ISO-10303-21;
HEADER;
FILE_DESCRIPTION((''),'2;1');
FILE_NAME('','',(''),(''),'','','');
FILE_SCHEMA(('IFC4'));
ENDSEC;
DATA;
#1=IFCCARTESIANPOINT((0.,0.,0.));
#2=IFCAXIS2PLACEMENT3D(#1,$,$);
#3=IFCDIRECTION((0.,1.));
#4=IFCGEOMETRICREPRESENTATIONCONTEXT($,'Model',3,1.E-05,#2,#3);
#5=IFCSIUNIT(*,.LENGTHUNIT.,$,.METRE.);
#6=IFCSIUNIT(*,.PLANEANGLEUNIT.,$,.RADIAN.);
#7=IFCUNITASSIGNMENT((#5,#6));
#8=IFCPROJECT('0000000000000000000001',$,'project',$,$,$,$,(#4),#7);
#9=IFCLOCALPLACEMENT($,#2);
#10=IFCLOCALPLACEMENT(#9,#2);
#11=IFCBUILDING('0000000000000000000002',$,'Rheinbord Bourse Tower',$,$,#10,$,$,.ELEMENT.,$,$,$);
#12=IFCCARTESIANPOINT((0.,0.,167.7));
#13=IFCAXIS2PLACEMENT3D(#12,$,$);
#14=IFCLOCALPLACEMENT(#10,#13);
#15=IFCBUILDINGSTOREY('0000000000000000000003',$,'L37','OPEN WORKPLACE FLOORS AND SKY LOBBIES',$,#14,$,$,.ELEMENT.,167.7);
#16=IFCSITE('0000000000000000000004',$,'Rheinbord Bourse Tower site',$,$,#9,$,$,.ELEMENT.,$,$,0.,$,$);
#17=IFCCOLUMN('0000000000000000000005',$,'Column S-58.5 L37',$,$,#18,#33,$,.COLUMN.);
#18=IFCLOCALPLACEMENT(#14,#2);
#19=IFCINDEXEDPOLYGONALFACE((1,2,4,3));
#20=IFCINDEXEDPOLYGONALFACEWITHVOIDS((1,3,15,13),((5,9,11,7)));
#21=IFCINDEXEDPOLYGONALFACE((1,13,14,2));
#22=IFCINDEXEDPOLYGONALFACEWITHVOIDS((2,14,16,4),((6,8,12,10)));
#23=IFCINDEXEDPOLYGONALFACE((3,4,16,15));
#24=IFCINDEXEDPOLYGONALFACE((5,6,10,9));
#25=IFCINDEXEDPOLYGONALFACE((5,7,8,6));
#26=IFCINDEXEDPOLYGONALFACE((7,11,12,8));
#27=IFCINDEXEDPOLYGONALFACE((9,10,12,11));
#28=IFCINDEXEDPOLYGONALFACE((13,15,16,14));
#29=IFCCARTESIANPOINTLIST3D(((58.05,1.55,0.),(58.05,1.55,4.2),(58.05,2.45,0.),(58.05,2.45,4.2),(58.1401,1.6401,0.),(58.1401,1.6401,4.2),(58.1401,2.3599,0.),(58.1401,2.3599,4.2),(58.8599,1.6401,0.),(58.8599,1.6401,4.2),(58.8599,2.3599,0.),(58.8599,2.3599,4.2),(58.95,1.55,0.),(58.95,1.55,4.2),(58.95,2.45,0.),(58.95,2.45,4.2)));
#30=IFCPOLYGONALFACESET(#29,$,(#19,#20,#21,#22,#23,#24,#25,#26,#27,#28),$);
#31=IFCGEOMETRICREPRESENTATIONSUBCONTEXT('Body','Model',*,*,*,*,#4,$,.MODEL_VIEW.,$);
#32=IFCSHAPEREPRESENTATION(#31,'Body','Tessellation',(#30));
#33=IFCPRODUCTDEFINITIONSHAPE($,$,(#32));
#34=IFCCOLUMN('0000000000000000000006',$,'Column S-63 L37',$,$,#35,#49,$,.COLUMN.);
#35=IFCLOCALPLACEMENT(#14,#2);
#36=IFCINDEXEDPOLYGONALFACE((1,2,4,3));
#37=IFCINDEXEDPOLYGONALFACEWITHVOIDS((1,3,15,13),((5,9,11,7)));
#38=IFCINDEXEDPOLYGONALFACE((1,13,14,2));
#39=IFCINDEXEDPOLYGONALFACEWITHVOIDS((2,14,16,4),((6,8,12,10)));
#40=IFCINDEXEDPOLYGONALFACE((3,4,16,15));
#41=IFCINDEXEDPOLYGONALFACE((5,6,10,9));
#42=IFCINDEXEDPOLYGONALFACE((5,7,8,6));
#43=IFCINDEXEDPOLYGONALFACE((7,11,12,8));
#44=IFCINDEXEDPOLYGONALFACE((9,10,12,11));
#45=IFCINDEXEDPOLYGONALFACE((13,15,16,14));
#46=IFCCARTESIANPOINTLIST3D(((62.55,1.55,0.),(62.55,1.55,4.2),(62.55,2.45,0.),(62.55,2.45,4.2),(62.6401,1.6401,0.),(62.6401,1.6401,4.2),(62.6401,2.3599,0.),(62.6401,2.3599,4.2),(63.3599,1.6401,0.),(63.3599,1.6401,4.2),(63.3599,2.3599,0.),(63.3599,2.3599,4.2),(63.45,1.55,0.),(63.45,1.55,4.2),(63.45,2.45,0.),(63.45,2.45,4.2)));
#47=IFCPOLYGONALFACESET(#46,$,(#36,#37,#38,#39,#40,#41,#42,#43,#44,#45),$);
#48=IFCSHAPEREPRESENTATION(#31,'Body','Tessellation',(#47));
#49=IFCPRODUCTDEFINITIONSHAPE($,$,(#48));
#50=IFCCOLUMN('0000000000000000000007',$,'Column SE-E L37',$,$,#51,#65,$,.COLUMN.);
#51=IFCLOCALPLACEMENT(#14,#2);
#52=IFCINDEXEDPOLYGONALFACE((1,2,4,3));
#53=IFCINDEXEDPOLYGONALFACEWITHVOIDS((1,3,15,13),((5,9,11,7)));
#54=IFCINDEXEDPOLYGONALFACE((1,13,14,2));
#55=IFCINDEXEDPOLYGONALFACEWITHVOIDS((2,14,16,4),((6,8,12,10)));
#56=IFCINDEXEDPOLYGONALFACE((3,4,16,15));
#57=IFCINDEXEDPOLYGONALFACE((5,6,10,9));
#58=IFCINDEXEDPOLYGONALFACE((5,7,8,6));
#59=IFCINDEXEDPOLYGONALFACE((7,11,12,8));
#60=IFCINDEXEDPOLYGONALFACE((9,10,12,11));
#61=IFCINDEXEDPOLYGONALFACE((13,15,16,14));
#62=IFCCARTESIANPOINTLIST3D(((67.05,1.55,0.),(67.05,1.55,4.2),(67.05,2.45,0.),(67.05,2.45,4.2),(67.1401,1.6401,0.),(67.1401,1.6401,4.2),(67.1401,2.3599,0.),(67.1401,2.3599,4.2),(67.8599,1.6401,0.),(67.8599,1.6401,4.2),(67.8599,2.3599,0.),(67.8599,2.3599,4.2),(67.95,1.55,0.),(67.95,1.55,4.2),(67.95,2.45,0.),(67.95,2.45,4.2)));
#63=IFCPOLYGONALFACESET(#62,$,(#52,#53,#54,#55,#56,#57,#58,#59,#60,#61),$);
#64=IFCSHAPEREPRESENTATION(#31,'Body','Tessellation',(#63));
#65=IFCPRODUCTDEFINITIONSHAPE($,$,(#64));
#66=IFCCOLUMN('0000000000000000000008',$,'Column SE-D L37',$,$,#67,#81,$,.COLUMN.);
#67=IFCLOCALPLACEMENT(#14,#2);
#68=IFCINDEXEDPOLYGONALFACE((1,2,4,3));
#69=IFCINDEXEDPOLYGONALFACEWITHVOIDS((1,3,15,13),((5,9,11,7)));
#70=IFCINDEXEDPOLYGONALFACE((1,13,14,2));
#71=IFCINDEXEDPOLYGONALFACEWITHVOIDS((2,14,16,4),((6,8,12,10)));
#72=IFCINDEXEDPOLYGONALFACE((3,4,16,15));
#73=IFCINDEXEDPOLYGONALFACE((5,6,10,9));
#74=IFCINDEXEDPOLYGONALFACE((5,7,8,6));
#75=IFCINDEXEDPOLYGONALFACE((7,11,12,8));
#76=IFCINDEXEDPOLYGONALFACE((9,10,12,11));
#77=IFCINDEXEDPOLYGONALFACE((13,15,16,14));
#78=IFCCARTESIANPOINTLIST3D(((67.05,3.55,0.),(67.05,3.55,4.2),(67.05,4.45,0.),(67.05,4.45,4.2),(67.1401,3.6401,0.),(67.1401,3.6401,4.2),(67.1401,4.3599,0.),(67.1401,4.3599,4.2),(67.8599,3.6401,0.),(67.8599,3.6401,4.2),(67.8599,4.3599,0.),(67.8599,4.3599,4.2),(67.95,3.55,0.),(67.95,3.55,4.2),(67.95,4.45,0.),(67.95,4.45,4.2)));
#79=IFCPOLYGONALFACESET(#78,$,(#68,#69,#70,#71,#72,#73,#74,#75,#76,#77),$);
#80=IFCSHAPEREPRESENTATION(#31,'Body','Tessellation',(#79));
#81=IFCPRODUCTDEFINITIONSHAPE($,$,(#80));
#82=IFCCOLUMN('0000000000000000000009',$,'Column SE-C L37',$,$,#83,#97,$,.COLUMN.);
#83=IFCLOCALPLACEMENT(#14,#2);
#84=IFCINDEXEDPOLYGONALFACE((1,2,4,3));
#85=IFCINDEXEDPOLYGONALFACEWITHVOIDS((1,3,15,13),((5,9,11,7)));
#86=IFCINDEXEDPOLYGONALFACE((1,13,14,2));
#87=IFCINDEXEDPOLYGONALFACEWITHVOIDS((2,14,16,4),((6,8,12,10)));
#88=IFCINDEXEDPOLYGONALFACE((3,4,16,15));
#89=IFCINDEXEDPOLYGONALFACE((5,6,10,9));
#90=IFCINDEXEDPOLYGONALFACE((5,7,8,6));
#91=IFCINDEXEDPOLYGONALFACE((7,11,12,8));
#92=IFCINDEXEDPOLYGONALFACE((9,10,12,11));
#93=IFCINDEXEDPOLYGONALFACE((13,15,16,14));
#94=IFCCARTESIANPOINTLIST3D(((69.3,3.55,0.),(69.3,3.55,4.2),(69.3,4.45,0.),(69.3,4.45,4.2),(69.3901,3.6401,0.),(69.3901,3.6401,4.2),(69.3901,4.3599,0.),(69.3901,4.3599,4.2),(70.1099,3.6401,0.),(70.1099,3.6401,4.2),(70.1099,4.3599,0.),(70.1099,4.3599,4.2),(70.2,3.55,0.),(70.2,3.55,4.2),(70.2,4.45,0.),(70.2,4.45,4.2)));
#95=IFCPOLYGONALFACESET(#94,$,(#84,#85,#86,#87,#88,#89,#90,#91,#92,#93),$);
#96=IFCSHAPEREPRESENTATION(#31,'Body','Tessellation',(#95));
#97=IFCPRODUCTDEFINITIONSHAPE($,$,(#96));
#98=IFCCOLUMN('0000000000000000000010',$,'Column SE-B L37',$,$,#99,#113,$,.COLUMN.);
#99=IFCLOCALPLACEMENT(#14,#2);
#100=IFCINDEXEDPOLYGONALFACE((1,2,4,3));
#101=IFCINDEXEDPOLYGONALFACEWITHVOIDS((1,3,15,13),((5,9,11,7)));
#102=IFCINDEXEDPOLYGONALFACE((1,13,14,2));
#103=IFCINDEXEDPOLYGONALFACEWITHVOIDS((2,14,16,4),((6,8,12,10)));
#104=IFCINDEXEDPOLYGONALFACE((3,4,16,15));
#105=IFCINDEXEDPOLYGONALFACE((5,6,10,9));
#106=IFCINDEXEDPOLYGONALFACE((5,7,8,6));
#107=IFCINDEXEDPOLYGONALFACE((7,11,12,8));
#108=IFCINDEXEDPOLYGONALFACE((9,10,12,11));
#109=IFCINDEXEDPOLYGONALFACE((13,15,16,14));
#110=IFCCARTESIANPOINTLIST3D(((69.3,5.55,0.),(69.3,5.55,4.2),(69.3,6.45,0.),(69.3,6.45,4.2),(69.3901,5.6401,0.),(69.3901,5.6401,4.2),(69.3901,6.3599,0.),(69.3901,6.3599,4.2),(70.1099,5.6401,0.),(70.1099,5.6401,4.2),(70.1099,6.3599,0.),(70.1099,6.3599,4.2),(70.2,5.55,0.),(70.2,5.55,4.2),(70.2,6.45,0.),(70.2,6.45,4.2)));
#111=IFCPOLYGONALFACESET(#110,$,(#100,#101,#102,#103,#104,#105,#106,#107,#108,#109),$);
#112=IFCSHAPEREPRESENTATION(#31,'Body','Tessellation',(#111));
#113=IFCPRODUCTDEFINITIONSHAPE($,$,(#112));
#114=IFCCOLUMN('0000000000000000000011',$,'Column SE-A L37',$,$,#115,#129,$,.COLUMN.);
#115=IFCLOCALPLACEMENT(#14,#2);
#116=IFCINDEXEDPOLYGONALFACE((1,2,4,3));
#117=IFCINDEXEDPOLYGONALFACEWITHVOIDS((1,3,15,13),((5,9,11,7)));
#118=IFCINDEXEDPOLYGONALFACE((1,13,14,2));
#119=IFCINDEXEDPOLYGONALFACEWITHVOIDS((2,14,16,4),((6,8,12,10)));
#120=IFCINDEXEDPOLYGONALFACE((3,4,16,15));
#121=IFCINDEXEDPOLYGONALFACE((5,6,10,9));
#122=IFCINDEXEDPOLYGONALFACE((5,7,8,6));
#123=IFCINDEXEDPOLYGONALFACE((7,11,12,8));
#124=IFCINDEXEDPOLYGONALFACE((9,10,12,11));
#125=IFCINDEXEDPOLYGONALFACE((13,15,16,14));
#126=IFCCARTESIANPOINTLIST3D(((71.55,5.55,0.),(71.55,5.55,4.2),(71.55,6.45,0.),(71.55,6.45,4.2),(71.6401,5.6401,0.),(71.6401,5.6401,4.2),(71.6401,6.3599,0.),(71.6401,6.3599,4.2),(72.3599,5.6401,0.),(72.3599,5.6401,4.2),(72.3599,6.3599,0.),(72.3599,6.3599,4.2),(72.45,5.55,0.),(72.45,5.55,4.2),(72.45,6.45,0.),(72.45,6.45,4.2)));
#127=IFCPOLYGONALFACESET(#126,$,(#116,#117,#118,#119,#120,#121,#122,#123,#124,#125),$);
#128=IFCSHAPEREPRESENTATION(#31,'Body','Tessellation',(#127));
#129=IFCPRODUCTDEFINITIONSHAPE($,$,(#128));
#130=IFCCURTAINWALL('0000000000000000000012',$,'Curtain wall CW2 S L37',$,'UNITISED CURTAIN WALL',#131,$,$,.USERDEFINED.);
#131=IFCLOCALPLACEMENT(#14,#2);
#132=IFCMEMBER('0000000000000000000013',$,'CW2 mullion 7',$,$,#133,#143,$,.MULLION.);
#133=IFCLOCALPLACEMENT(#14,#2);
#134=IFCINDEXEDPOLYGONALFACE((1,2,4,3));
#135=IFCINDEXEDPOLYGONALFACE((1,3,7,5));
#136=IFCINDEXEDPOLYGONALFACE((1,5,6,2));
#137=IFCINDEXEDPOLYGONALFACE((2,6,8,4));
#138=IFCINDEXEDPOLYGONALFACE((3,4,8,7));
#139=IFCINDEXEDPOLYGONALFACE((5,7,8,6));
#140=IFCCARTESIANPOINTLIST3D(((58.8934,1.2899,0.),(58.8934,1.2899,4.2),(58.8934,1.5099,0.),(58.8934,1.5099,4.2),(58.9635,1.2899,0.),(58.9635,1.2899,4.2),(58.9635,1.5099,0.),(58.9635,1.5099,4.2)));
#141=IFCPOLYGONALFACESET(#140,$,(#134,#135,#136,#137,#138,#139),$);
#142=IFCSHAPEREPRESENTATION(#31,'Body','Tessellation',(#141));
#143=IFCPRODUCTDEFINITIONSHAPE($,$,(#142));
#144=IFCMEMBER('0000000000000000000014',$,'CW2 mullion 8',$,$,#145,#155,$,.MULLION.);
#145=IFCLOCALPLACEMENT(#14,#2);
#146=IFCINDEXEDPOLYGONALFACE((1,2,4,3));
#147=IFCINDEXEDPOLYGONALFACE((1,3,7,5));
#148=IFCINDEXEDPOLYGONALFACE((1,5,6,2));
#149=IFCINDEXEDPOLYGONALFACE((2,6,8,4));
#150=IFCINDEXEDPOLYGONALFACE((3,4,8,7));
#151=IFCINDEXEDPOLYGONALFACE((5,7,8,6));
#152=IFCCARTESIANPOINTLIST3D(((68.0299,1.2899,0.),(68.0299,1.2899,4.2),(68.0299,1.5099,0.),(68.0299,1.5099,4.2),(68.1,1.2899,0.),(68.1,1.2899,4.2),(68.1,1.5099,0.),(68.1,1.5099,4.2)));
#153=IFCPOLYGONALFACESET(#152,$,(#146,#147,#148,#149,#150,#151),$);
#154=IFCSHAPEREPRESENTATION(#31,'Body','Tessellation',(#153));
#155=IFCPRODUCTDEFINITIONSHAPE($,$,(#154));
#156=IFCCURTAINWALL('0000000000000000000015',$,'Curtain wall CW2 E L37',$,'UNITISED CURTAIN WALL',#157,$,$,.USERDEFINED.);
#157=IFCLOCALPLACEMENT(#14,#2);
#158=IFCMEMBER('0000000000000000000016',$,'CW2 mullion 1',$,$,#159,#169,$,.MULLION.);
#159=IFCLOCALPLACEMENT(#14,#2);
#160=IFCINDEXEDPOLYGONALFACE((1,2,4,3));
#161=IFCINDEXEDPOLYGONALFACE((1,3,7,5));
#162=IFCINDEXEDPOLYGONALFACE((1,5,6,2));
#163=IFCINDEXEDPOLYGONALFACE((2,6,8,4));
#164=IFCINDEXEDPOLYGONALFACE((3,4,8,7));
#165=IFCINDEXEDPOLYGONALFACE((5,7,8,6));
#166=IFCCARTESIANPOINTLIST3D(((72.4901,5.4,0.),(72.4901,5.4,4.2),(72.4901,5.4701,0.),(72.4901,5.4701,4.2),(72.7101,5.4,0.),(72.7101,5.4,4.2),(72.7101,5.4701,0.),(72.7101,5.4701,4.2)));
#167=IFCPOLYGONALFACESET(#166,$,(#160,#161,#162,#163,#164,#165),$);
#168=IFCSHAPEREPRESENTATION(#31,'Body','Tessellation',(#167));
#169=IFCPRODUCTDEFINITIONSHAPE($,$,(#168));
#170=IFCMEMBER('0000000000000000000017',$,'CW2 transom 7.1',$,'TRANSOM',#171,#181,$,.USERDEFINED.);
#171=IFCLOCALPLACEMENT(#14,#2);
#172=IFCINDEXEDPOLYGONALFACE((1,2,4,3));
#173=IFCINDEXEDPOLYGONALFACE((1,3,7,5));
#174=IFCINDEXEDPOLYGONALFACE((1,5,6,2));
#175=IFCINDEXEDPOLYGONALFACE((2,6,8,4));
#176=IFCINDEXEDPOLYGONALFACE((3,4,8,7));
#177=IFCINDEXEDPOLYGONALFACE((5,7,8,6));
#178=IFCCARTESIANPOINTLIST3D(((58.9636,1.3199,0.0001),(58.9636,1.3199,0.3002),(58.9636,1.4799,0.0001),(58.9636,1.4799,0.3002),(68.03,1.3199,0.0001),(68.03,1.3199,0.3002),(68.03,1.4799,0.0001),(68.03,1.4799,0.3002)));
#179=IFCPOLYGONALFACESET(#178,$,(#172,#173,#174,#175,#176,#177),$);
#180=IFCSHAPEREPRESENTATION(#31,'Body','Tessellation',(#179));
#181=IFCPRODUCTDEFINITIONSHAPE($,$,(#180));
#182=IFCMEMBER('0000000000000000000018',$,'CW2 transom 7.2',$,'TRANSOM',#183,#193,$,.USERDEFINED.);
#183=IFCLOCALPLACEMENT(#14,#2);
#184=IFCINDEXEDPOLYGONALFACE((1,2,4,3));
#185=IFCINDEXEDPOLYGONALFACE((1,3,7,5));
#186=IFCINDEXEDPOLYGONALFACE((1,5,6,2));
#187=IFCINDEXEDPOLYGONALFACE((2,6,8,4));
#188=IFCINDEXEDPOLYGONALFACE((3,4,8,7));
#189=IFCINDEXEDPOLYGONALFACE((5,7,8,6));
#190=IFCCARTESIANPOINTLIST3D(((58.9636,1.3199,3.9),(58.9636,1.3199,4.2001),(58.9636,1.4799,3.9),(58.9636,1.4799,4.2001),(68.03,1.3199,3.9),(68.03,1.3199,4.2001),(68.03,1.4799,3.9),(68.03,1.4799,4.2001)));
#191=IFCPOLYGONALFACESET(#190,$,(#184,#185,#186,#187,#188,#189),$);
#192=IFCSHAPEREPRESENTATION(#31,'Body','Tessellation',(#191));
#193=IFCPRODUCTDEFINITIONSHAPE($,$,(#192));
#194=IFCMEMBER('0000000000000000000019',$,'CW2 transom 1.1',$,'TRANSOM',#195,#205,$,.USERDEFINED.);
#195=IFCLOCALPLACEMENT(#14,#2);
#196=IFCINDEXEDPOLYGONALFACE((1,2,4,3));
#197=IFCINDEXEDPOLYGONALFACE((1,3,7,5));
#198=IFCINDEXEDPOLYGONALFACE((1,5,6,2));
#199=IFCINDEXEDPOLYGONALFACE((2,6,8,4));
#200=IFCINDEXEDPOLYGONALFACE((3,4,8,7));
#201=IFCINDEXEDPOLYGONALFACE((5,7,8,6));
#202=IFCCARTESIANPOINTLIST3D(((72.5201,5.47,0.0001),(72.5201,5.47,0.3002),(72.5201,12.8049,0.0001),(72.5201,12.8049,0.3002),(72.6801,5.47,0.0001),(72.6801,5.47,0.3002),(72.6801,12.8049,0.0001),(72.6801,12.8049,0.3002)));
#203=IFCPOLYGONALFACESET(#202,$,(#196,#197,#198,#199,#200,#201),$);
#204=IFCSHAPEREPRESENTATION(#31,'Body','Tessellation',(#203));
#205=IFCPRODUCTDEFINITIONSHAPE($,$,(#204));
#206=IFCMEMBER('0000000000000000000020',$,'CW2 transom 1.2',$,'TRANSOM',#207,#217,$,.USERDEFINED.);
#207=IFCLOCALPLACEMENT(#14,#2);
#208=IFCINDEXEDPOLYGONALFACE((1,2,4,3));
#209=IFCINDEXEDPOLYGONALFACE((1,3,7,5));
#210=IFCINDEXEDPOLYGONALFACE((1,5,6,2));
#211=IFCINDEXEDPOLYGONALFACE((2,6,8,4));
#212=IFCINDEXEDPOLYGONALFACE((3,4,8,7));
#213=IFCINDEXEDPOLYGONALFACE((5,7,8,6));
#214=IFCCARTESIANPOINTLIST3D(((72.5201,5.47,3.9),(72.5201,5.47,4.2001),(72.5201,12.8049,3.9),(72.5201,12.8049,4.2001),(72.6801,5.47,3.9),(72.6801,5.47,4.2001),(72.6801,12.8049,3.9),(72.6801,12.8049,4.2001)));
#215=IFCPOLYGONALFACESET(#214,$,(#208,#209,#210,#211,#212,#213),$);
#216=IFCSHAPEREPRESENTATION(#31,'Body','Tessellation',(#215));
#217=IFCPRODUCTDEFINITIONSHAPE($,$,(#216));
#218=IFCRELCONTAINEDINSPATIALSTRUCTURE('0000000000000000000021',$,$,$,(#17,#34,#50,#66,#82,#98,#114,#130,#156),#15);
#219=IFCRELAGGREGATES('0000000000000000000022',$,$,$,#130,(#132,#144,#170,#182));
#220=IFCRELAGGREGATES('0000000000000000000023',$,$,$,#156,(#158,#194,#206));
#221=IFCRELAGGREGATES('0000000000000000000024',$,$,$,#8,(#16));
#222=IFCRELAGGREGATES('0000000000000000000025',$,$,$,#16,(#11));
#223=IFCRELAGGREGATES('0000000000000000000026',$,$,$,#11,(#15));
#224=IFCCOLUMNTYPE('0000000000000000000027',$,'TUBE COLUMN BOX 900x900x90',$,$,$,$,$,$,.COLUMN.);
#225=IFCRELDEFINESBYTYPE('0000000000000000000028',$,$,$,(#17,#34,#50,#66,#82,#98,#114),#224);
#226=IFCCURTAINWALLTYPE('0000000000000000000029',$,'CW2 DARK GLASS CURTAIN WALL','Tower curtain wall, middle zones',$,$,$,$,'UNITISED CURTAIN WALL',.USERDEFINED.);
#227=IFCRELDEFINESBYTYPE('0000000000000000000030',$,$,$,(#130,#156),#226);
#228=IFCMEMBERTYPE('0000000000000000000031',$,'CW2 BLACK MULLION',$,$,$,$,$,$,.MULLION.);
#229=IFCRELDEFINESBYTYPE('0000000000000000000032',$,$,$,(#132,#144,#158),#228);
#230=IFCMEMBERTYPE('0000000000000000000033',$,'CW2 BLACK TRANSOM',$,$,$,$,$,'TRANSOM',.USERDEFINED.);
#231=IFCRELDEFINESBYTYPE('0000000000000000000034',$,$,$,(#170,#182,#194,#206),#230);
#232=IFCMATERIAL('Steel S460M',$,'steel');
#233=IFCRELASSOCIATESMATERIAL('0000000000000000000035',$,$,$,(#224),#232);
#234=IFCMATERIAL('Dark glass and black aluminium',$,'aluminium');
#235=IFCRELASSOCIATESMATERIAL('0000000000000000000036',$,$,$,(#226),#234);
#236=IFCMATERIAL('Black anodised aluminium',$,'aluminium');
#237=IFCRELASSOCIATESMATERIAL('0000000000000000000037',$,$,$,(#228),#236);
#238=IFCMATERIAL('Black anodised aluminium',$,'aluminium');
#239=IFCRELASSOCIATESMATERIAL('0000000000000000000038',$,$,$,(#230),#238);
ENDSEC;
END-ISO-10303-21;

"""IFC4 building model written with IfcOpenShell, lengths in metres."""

from ifc_helpers import new_model, si_unit, direction, frame, origin, origin_2d, place, context, subcontext, project, spatial, rectangle, hollow_rectangle, extrude, material, material_profile, profile_set, type_object, element, aggregate, save


model = new_model("IFC4")

# Units and contexts
model_context = context("Model", 3, precision=1e-05, world=origin(), true_north=direction((0.0, 1.0)))
body_context = subcontext(model_context, "Body", "Model", "MODEL_VIEW")
ifc_project = project(units=[si_unit("LENGTHUNIT", "METRE"), si_unit("PLANEANGLEUNIT", "RADIAN")], contexts=[model_context])

# Site, building, storey
site_placement = place(None, origin())
site = spatial("IfcSite", under=ifc_project, at=site_placement, Name="Rheinbord Bourse Tower site", CompositionType="ELEMENT", RefElevation=0.0)
building_placement = place(site_placement, origin())
building = spatial("IfcBuilding", under=site, at=building_placement, Name="Rheinbord Bourse Tower", CompositionType="ELEMENT")
storey_placement = place(building_placement, frame((0.0, 0.0, 167.7)))
storey = spatial("IfcBuildingStorey", under=building, at=storey_placement, Name="L37", Description="OPEN WORKPLACE FLOORS AND SKY LOBBIES", CompositionType="ELEMENT", Elevation=167.7)

# Columns
ifc_material_1 = material(Name="Steel S460M", Category="steel")
ifc_material_profile_1 = material_profile(ifc_material_1, hollow_rectangle(XDim=0.8999, YDim=0.8999, WallThickness=0.0901, at=origin_2d()), Name="BOX 900x900x90")
ifc_profile_set_1 = profile_set([ifc_material_profile_1], Name="Steel S460M")
column_type = type_object("IfcColumnType", Name="TUBE COLUMN BOX 900x900x90", PredefinedType="COLUMN", material=ifc_profile_set_1)
for number, where, z_axis, x_axis, name in (
    (1, (58.5, 2.0, 0.0), (0.0, 0.0, 1.0), (0.0, 1.0, 0.0), "Column S-58.5 L37"),
    (2, (63.0, 2.0, 0.0), (0.0, 0.0, 1.0), (0.0, 1.0, 0.0), "Column S-63 L37"),
    (3, (67.5, 2.0, 0.0), (0.0, 0.0, 1.0), (0.0, 1.0, 0.0), "Column SE-E L37"),
    (4, (67.5, 4.0, 0.0), (0.0, 0.0, 1.0), (0.0, 1.0, 0.0), "Column SE-D L37"),
    (5, (69.75, 4.0, 0.0), (0.0, 0.0, 1.0), (1.0, 0.0, 0.0), "Column SE-C L37"),
    (6, (69.75, 6.0, 0.0), (0.0, 0.0, 1.0), (1.0, 0.0, 0.0), "Column SE-B L37"),
    (7, (72.0, 6.0, 0.0), (0.0, 0.0, 1.0), (1.0, 0.0, 0.0), "Column SE-A L37"),
):
    element("IfcColumn", number, at=place(storey_placement, frame(where, z_axis=z_axis, x_axis=x_axis)), inside=storey, type_object=column_type, Name=name, PredefinedType="COLUMN", context=body_context, shape_type="SweptSolid", body=[
        extrude(hollow_rectangle(XDim=0.8999, YDim=0.8999, WallThickness=0.0901, at=origin_2d()), origin(), (0.0, 0.0, 1.0), 4.2),
    ])

# Curtain wall, members
ifc_material_2 = material(Name="Dark glass and black aluminium", Category="aluminium")
curtain_wall_type = type_object("IfcCurtainWallType", Name="CW2 DARK GLASS CURTAIN WALL", Description="Tower curtain wall, middle zones", ElementType="UNITISED CURTAIN WALL", PredefinedType="USERDEFINED", material=ifc_material_2)
curtain_wall_1_placement = place(storey_placement, origin())
curtain_wall_1 = element("IfcCurtainWall", 8, at=curtain_wall_1_placement, inside=storey, type_object=curtain_wall_type, Name="Curtain wall CW2 S L37", ObjectType="UNITISED CURTAIN WALL", PredefinedType="USERDEFINED")
ifc_material_3 = material(Name="Black anodised aluminium", Category="aluminium")
ifc_material_profile_2 = material_profile(ifc_material_3, rectangle(XDim=0.22, YDim=0.0701, at=origin_2d()), Name="CW2 MULLION 70x220")
ifc_profile_set_2 = profile_set([ifc_material_profile_2], Name="Black anodised aluminium")
member_type_1 = type_object("IfcMemberType", Name="CW2 BLACK MULLION", PredefinedType="MULLION", material=ifc_profile_set_2)
member_1_placement = place(storey_placement, frame((58.9285, 1.3999, 0.0), z_axis=(0.0, 0.0, 1.0), x_axis=(0.0, 1.0, 0.0)))
member_1 = element("IfcMember", 9, at=member_1_placement, type_object=member_type_1, Name="CW2 mullion 7", PredefinedType="MULLION", context=body_context, shape_type="SweptSolid", body=[
    extrude(rectangle(XDim=0.22, YDim=0.0701, at=origin_2d()), origin(), (0.0, 0.0, 1.0), 4.2),
])
member_2_placement = place(storey_placement, frame((68.0649, 1.3999, 0.0), z_axis=(0.0, 0.0, 1.0), x_axis=(0.0, 1.0, 0.0)))
member_2 = element("IfcMember", 10, at=member_2_placement, type_object=member_type_1, Name="CW2 mullion 8", PredefinedType="MULLION", context=body_context, shape_type="SweptSolid", body=[
    extrude(rectangle(XDim=0.22, YDim=0.0701, at=origin_2d()), origin(), (0.0, 0.0, 1.0), 4.2),
])

# Curtain wall, member
curtain_wall_2_placement = place(storey_placement, origin())
curtain_wall_2 = element("IfcCurtainWall", 11, at=curtain_wall_2_placement, inside=storey, type_object=curtain_wall_type, Name="Curtain wall CW2 E L37", ObjectType="UNITISED CURTAIN WALL", PredefinedType="USERDEFINED")
member_3_placement = place(storey_placement, frame((72.6001, 5.4351, 0.0), z_axis=(0.0, 0.0, 1.0), x_axis=(-1.0, 0.0, 0.0)))
member_3 = element("IfcMember", 12, at=member_3_placement, type_object=member_type_1, Name="CW2 mullion 1", PredefinedType="MULLION", context=body_context, shape_type="SweptSolid", body=[
    extrude(rectangle(XDim=0.22, YDim=0.0701, at=origin_2d()), origin(), (0.0, 0.0, 1.0), 4.2),
])

# Members
ifc_material_4 = material(Name="Black anodised aluminium", Category="aluminium")
ifc_material_profile_3 = material_profile(ifc_material_4, rectangle(XDim=0.1599, YDim=0.3, at=origin_2d()), Name="CW2 TRANSOM 300x160")
ifc_profile_set_3 = profile_set([ifc_material_profile_3], Name="Black anodised aluminium")
member_type_2 = type_object("IfcMemberType", Name="CW2 BLACK TRANSOM", ElementType="TRANSOM", PredefinedType="USERDEFINED", material=ifc_profile_set_3)
member_4_placement = place(storey_placement, frame((58.9636, 1.3999, 0.1501), z_axis=(1.0, 0.0, 0.0), x_axis=(0.0, 1.0, 0.0)))
member_4 = element("IfcMember", 13, at=member_4_placement, type_object=member_type_2, Name="CW2 transom 7.1", ObjectType="TRANSOM", PredefinedType="USERDEFINED", context=body_context, shape_type="SweptSolid", body=[
    extrude(rectangle(XDim=0.1599, YDim=0.3, at=origin_2d()), origin(), (0.0, 0.0, 1.0), 9.0664),
])
member_5_placement = place(storey_placement, frame((58.9636, 1.3999, 4.05), z_axis=(1.0, 0.0, 0.0), x_axis=(0.0, 1.0, 0.0)))
member_5 = element("IfcMember", 14, at=member_5_placement, type_object=member_type_2, Name="CW2 transom 7.2", ObjectType="TRANSOM", PredefinedType="USERDEFINED", context=body_context, shape_type="SweptSolid", body=[
    extrude(rectangle(XDim=0.1599, YDim=0.3, at=origin_2d()), origin(), (0.0, 0.0, 1.0), 9.0664),
])
member_6_placement = place(storey_placement, frame((72.6001, 5.47, 0.1501), z_axis=(0.0, 1.0, 0.0), x_axis=(-1.0, 0.0, 0.0)))
member_6 = element("IfcMember", 15, at=member_6_placement, type_object=member_type_2, Name="CW2 transom 1.1", ObjectType="TRANSOM", PredefinedType="USERDEFINED", context=body_context, shape_type="SweptSolid", body=[
    extrude(rectangle(XDim=0.1599, YDim=0.3, at=origin_2d()), origin(), (0.0, 0.0, 1.0), 7.335),
])
member_7_placement = place(storey_placement, frame((72.6001, 5.47, 4.05), z_axis=(0.0, 1.0, 0.0), x_axis=(-1.0, 0.0, 0.0)))
member_7 = element("IfcMember", 16, at=member_7_placement, type_object=member_type_2, Name="CW2 transom 1.2", ObjectType="TRANSOM", PredefinedType="USERDEFINED", context=body_context, shape_type="SweptSolid", body=[
    extrude(rectangle(XDim=0.1599, YDim=0.3, at=origin_2d()), origin(), (0.0, 0.0, 1.0), 7.335),
])

aggregate(curtain_wall_1, [member_1, member_2, member_4, member_5])
aggregate(curtain_wall_2, [member_3, member_6, member_7])

save(model, "model.ifc")
